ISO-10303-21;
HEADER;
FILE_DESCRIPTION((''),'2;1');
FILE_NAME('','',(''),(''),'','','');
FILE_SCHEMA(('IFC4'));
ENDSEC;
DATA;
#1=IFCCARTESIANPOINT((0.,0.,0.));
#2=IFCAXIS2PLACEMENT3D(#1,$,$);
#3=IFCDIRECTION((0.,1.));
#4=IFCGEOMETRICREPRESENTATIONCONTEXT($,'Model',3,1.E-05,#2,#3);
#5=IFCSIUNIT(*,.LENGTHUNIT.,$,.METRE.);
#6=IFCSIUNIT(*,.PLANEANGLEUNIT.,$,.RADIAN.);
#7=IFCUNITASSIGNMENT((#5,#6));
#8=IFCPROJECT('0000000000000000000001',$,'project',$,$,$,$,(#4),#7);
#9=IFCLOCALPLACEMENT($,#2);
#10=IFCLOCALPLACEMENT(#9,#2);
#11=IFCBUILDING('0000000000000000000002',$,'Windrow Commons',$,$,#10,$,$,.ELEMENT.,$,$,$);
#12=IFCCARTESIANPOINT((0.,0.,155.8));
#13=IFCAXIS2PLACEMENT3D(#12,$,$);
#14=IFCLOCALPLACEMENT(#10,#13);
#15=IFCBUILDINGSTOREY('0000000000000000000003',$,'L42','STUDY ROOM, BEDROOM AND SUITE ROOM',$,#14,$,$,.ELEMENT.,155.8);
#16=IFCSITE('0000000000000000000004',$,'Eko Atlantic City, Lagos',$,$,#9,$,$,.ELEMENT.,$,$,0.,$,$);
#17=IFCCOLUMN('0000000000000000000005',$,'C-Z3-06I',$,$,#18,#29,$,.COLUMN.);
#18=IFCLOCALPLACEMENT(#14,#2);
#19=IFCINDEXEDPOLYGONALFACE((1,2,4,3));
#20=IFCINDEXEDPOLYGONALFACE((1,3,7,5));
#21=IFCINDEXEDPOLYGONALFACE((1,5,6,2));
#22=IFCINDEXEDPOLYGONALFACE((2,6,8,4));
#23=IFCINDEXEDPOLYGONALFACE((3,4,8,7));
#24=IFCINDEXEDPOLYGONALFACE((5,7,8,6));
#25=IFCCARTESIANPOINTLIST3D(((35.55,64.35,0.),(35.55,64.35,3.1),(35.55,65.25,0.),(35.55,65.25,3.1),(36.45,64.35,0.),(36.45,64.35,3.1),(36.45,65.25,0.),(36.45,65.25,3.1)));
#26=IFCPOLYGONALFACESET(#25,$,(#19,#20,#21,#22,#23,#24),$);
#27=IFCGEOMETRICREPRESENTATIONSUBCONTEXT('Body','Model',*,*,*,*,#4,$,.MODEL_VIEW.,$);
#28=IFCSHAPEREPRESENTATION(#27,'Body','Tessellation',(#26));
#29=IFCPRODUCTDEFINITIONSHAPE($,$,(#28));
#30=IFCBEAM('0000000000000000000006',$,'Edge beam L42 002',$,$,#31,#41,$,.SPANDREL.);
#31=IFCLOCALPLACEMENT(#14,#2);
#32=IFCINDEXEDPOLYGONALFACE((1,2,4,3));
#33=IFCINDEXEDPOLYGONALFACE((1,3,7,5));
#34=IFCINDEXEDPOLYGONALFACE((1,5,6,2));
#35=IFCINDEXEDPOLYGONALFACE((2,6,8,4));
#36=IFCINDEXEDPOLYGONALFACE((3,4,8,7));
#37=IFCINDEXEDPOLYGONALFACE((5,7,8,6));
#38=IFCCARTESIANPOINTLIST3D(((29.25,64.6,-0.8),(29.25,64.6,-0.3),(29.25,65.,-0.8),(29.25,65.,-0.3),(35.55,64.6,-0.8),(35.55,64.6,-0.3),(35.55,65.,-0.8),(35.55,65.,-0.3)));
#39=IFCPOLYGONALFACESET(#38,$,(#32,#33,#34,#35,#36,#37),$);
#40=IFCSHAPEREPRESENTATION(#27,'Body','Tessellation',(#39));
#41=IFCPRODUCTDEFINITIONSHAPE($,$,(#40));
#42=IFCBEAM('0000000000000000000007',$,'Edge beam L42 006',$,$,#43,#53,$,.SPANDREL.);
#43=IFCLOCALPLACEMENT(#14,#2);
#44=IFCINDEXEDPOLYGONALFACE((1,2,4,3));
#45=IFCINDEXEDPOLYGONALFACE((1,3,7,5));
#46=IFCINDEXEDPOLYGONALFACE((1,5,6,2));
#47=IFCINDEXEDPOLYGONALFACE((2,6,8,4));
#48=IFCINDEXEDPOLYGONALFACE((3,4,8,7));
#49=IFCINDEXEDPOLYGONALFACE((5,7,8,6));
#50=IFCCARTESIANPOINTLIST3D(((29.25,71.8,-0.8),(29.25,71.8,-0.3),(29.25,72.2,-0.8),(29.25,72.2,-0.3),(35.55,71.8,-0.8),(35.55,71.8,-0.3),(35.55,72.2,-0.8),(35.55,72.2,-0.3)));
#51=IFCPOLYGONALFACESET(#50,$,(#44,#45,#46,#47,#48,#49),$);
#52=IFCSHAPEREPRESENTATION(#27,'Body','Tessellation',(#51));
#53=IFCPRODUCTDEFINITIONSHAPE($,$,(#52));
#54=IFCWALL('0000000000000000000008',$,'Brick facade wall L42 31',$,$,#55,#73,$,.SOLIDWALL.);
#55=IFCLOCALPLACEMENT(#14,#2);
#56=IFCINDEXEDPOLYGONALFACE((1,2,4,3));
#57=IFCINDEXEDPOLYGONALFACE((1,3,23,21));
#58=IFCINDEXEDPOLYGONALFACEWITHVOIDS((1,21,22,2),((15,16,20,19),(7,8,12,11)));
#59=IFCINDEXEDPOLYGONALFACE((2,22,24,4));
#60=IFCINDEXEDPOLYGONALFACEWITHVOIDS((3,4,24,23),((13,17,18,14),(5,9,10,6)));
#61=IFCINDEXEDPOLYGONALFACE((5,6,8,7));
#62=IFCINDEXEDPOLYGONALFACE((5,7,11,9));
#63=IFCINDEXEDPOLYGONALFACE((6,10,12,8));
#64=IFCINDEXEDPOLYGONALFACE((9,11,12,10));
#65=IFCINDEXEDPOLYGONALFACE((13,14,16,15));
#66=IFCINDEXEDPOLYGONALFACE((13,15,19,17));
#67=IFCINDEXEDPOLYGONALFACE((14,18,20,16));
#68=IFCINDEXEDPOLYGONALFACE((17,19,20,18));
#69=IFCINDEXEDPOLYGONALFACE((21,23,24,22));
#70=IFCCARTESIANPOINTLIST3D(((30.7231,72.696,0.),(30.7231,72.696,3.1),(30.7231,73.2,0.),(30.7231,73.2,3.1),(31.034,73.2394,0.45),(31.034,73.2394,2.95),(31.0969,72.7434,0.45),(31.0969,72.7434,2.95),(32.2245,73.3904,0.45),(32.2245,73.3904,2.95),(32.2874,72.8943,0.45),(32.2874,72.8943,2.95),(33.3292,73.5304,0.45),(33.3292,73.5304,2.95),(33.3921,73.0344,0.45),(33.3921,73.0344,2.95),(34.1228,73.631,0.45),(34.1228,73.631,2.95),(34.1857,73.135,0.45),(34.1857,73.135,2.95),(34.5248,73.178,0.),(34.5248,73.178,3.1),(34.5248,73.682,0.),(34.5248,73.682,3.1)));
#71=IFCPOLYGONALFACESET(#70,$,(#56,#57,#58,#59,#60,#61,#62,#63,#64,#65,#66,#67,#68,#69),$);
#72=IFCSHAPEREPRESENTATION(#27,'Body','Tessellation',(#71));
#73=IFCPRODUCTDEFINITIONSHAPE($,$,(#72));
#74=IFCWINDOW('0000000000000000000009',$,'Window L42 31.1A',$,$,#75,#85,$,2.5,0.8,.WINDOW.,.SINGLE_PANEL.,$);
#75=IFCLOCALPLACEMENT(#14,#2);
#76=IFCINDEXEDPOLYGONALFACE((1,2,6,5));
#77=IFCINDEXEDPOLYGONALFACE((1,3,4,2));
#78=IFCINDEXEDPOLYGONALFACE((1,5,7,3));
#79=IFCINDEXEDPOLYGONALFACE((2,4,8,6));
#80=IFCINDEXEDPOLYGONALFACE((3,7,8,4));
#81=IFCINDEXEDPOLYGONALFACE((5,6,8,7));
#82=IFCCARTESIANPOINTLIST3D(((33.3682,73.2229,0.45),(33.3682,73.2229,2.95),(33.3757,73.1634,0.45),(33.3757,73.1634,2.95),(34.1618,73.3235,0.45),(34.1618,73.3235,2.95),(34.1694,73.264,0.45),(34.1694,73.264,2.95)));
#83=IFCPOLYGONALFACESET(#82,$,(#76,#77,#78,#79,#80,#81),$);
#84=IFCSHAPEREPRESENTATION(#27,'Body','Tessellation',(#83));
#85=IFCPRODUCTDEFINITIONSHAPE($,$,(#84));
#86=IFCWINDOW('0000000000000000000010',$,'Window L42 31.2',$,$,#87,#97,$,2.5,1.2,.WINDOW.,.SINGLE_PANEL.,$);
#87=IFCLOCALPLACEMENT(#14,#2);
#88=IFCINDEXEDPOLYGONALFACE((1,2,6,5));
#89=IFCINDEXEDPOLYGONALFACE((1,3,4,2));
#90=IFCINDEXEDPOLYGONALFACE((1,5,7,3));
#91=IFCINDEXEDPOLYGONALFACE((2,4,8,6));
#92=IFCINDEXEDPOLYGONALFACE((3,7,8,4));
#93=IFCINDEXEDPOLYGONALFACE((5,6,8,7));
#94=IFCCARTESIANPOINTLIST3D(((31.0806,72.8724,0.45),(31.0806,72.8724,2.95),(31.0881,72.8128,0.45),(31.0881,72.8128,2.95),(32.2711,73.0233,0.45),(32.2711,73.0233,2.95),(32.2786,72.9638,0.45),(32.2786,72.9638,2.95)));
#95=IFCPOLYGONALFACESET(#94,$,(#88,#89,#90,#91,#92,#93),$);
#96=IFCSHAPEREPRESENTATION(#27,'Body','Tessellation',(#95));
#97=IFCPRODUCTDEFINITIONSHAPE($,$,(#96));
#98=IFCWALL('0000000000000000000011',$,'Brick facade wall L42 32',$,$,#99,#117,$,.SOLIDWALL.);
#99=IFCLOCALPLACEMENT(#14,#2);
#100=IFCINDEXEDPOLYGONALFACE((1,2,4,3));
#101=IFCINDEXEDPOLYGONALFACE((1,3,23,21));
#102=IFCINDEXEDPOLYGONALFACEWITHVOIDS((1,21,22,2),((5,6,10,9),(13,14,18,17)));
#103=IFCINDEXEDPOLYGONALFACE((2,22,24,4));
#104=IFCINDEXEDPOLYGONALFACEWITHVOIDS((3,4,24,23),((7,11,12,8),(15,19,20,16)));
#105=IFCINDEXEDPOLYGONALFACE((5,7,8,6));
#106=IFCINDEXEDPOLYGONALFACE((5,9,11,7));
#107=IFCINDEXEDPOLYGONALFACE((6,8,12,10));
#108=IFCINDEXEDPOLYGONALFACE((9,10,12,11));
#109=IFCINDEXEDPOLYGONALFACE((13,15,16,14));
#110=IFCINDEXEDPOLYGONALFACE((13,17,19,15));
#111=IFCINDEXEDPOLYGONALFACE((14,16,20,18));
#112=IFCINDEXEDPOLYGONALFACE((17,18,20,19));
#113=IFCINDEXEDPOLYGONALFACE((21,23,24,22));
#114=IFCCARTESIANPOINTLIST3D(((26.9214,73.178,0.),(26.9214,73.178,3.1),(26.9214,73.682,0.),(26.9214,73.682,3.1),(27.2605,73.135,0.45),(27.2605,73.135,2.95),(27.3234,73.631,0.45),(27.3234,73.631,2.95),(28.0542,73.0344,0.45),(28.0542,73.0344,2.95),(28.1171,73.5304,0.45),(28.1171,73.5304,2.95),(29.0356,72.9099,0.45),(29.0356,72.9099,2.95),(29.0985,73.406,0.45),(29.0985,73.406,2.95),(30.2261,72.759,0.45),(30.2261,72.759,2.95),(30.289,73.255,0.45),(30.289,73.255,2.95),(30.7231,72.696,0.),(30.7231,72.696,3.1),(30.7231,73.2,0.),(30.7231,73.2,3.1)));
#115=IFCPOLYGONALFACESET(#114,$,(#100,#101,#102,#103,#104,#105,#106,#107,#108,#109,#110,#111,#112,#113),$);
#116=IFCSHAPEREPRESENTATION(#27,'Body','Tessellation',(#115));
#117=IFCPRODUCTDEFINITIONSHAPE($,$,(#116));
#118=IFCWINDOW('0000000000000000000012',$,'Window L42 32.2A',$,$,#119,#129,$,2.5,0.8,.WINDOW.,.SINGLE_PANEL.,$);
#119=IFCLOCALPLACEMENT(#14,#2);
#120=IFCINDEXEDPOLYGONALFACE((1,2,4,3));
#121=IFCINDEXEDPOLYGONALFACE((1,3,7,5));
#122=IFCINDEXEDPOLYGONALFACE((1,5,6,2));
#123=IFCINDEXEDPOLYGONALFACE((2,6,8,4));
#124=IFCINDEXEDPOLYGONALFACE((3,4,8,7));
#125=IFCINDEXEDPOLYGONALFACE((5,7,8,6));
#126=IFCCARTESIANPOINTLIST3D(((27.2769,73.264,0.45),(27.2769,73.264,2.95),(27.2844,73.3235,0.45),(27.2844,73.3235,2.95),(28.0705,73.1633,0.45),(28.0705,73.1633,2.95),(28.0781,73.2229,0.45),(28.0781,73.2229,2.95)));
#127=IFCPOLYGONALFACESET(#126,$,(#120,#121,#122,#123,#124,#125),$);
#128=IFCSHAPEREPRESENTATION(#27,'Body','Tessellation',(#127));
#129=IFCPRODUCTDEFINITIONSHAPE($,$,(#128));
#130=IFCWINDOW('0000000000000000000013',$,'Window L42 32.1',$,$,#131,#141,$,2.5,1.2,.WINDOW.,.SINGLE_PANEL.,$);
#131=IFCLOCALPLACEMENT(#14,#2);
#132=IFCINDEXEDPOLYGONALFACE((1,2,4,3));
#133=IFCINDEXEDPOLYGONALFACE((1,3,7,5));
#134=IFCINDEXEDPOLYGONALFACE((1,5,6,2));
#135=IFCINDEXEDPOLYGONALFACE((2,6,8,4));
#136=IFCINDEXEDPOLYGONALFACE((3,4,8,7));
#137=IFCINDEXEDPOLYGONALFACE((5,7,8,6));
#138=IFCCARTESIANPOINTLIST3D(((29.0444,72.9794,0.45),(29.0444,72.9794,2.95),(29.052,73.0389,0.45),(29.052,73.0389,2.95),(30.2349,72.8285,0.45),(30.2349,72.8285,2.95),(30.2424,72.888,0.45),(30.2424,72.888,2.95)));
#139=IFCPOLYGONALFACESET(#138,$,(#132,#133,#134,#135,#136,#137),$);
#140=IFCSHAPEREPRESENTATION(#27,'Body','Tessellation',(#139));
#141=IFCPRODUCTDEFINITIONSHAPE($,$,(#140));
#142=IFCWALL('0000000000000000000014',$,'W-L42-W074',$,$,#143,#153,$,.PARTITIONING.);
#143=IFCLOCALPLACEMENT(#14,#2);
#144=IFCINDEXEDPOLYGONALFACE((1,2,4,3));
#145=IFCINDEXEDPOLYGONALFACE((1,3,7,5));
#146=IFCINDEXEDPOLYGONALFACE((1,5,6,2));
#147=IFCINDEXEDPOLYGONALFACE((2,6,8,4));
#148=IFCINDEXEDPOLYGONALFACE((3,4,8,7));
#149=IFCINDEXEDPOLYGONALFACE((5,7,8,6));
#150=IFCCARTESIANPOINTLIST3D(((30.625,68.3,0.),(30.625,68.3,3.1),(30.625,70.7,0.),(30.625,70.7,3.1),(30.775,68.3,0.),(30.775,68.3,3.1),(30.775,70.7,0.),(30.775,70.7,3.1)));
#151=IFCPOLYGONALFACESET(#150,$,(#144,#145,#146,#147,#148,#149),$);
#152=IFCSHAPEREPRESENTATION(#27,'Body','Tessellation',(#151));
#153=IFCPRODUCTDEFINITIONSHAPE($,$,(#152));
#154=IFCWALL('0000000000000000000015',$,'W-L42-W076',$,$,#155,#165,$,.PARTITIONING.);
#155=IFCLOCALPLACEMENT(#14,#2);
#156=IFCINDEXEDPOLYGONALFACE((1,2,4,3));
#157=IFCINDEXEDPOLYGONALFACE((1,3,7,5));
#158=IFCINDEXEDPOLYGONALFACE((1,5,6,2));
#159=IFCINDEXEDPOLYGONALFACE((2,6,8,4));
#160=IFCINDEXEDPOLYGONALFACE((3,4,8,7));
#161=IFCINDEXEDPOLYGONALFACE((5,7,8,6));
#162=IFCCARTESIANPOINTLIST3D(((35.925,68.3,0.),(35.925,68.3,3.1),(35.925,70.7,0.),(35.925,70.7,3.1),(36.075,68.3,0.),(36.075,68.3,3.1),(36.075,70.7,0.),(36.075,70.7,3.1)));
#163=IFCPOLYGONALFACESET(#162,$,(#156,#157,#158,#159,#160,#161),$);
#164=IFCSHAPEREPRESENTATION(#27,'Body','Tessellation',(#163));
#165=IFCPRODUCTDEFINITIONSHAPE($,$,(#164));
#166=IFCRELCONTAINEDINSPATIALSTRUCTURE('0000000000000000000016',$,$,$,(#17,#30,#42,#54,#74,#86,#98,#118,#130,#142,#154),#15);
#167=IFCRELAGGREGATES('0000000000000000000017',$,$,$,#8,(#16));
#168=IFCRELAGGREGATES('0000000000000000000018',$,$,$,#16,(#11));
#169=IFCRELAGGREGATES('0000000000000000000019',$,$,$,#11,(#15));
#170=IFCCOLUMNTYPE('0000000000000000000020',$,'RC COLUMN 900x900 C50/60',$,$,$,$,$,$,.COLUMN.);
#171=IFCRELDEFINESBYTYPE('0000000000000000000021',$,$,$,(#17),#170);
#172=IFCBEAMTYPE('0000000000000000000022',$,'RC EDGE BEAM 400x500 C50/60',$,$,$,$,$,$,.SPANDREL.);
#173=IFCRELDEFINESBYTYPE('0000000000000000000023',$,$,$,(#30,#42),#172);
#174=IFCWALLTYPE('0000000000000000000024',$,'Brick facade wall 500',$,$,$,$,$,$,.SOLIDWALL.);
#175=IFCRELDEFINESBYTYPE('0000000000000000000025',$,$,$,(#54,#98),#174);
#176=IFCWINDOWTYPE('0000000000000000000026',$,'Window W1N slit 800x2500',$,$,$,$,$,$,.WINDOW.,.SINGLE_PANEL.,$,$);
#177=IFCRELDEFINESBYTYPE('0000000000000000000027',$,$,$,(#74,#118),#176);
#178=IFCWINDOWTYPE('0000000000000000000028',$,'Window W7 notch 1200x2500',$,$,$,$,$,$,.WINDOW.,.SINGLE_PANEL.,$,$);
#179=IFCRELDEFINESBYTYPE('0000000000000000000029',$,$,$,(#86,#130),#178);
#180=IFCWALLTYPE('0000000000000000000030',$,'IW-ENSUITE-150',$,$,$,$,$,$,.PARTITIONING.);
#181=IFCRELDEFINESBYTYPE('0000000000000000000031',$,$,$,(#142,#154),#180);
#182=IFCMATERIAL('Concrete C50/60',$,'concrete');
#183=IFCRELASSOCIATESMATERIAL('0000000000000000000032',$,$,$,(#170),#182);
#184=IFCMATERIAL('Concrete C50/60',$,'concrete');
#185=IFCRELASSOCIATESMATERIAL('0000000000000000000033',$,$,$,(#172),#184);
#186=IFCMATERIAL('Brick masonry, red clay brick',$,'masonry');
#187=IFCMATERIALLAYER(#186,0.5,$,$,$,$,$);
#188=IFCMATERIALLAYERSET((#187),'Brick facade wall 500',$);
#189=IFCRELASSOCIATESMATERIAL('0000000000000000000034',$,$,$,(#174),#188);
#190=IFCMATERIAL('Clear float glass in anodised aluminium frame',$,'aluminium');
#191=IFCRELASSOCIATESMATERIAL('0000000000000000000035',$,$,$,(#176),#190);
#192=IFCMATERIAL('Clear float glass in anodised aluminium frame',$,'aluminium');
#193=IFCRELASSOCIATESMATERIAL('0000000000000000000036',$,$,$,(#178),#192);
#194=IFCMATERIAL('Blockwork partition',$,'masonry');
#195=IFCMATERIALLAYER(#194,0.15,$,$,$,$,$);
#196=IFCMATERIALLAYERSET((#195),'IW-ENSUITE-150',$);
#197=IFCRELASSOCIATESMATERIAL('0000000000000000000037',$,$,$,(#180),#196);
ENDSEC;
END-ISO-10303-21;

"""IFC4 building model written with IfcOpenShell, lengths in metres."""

from ifc_helpers import new_model, si_unit, direction, frame, frame_2d, origin, origin_2d, place, context, subcontext, project, spatial, polyline, rectangle, outline, extrude, material, layer, layer_set, material_profile, profile_set, type_object, element, fill, save


model = new_model("IFC4")

# Units and contexts
model_context = context("Model", 3, precision=1e-05, world=origin(), true_north=direction((0.0, 1.0)))
body_context = subcontext(model_context, "Body", "Model", "MODEL_VIEW")
ifc_project = project(units=[si_unit("LENGTHUNIT", "METRE"), si_unit("PLANEANGLEUNIT", "RADIAN")], contexts=[model_context])

# Site, building, storey
site_placement = place(None, origin())
site = spatial("IfcSite", under=ifc_project, at=site_placement, Name="Eko Atlantic City, Lagos", CompositionType="ELEMENT", RefElevation=0.0)
building_placement = place(site_placement, origin())
building = spatial("IfcBuilding", under=site, at=building_placement, Name="Windrow Commons", CompositionType="ELEMENT")
storey_placement = place(building_placement, frame((0.0, 0.0, 155.8)))
storey = spatial("IfcBuildingStorey", under=building, at=storey_placement, Name="L42", Description="STUDY ROOM, BEDROOM AND SUITE ROOM", CompositionType="ELEMENT", Elevation=155.8)

# Column
ifc_material_1 = material(Name="Concrete C50/60", Category="concrete")
ifc_material_profile_1 = material_profile(ifc_material_1, rectangle(XDim=0.9, YDim=0.9, at=origin_2d()))
ifc_profile_set_1 = profile_set([ifc_material_profile_1], Name="Concrete C50/60")
column_type = type_object("IfcColumnType", Name="RC COLUMN 900x900 C50/60", PredefinedType="COLUMN", material=ifc_profile_set_1)
column_placement = place(storey_placement, frame((36.0, 64.8, 0.0), z_axis=(0.0, 0.0, 1.0), x_axis=(1.0, 0.0, 0.0)))
element("IfcColumn", 1, at=column_placement, inside=storey, type_object=column_type, Name="C-Z3-06I", PredefinedType="COLUMN", context=body_context, shape_type="SweptSolid", body=[
    extrude(rectangle(XDim=0.9, YDim=0.9, at=origin_2d()), origin(), (0.0, 0.0, 1.0), 3.1),
])

# Beams
ifc_material_2 = material(Name="Concrete C50/60", Category="concrete")
ifc_material_profile_2 = material_profile(ifc_material_2, rectangle(XDim=0.4, YDim=0.5, at=origin_2d()))
ifc_profile_set_2 = profile_set([ifc_material_profile_2], Name="Concrete C50/60")
beam_type = type_object("IfcBeamType", Name="RC EDGE BEAM 400x500 C50/60", PredefinedType="SPANDREL", material=ifc_profile_set_2)
for number, where, z_axis, x_axis, name in (
    (2, (35.55, 64.8, -0.55), (-1.0, 0.0, 0.0), (0.0, -1.0, 0.0), "Edge beam L42 002"),
    (3, (29.25, 72.0, -0.55), (1.0, 0.0, 0.0), (0.0, 1.0, 0.0), "Edge beam L42 006"),
):
    element("IfcBeam", number, at=place(storey_placement, frame(where, z_axis=z_axis, x_axis=x_axis)), inside=storey, type_object=beam_type, Name=name, PredefinedType="SPANDREL", context=body_context, shape_type="SweptSolid", body=[
        extrude(rectangle(XDim=0.4, YDim=0.5, at=origin_2d()), origin(), (0.0, 0.0, 1.0), 6.3),
    ])

# Walls, openings, windows
ifc_material_3 = material(Name="Brick masonry, red clay brick", Category="masonry")
ifc_layer_1 = layer(ifc_material_3, 0.5)
ifc_layer_set_1 = layer_set([ifc_layer_1], Name="Brick facade wall 500")
wall_type_1 = type_object("IfcWallType", Name="Brick facade wall 500", PredefinedType="SOLIDWALL", material=ifc_layer_set_1)
wall_1_placement = place(storey_placement, frame((34.5248, 73.43, 0.0), z_axis=(0.0, 0.0, 1.0), x_axis=(-0.992058, -0.125779, 0.0)))
wall_1 = element("IfcWall", 4, at=wall_1_placement, inside=storey, type_object=wall_type_1, Name="Brick facade wall L42 31", PredefinedType="SOLIDWALL", context=body_context, shape_type="SweptSolid", body=[
    extrude(outline(polyline([(-0.0317, -0.25), (3.8004, -0.25), (3.8638, 0.25), (0.0317, 0.25), (-0.0317, -0.25)])), origin(), (0.0, 0.0, 1.0), 3.1),
])
opening_1_placement = place(wall_1_placement, frame((2.287, 0.0, 0.45)))
opening_1 = element("IfcOpeningElement", 5, at=opening_1_placement, cuts=wall_1, PredefinedType="OPENING", context=body_context, shape_type="SweptSolid", body=[
    extrude(rectangle(XDim=1.2, YDim=2.5, at=frame_2d((0.6, 1.25))), frame((0.0, 0.26, 0.0), z_axis=(0.0, -1.0, 0.0), x_axis=(1.0, 0.0, 0.0)), (0.0, 0.0, 1.0), 0.52),
])
opening_2_placement = place(wall_1_placement, frame((0.3735, 0.0, 0.45)))
opening_2 = element("IfcOpeningElement", 6, at=opening_2_placement, cuts=wall_1, PredefinedType="OPENING", context=body_context, shape_type="SweptSolid", body=[
    extrude(rectangle(XDim=0.8, YDim=2.5, at=frame_2d((0.4, 1.25))), frame((0.0, 0.26, 0.0), z_axis=(0.0, -1.0, 0.0), x_axis=(1.0, 0.0, 0.0)), (0.0, 0.0, 1.0), 0.52),
])
ifc_material_4 = material(Name="Clear float glass in anodised aluminium frame", Category="aluminium")
window_type_1 = type_object("IfcWindowType", Name="Window W1N slit 800x2500", PartitioningType="SINGLE_PANEL", PredefinedType="WINDOW", material=ifc_material_4)
window_1_placement = place(opening_2_placement, origin())
window_1 = element("IfcWindow", 7, at=window_1_placement, inside=storey, type_object=window_type_1, Name="Window L42 31.1A", OverallHeight=2.5, OverallWidth=0.8, PartitioningType="SINGLE_PANEL", PredefinedType="WINDOW", context=body_context, shape_type="SweptSolid", body=[
    extrude(rectangle(XDim=0.8, YDim=2.5, at=frame_2d((0.4, 1.25))), frame((0.0, 0.12, 0.0), z_axis=(0.0, -1.0, 0.0), x_axis=(1.0, 0.0, 0.0)), (0.0, 0.0, 1.0), 0.06),
])
fill(opening_2, window_1)
ifc_material_5 = material(Name="Clear float glass in anodised aluminium frame", Category="aluminium")
window_type_2 = type_object("IfcWindowType", Name="Window W7 notch 1200x2500", PartitioningType="SINGLE_PANEL", PredefinedType="WINDOW", material=ifc_material_5)
window_2_placement = place(opening_1_placement, origin())
window_2 = element("IfcWindow", 8, at=window_2_placement, inside=storey, type_object=window_type_2, Name="Window L42 31.2", OverallHeight=2.5, OverallWidth=1.2, PartitioningType="SINGLE_PANEL", PredefinedType="WINDOW", context=body_context, shape_type="SweptSolid", body=[
    extrude(rectangle(XDim=1.2, YDim=2.5, at=frame_2d((0.6, 1.25))), frame((0.0, 0.18, 0.0), z_axis=(0.0, -1.0, 0.0), x_axis=(1.0, 0.0, 0.0)), (0.0, 0.0, 1.0), 0.06),
])
fill(opening_1, window_2)
wall_2_placement = place(storey_placement, frame((30.7231, 72.948, 0.0), z_axis=(0.0, 0.0, 1.0), x_axis=(-0.992058, 0.125779, 0.0)))
wall_2 = element("IfcWall", 9, at=wall_2_placement, inside=storey, type_object=wall_type_1, Name="Brick facade wall L42 32", PredefinedType="SOLIDWALL", context=body_context, shape_type="SweptSolid", body=[
    extrude(outline(polyline([(0.0317, -0.25), (3.8638, -0.25), (3.8004, 0.25), (-0.0317, 0.25), (0.0317, -0.25)])), origin(), (0.0, 0.0, 1.0), 3.1),
])
opening_3_placement = place(wall_2_placement, frame((0.4693, 0.0, 0.45)))
opening_3 = element("IfcOpeningElement", 10, at=opening_3_placement, cuts=wall_2, PredefinedType="OPENING", context=body_context, shape_type="SweptSolid", body=[
    extrude(rectangle(XDim=1.2, YDim=2.5, at=frame_2d((0.6, 1.25))), frame((0.0, 0.26, 0.0), z_axis=(0.0, -1.0, 0.0), x_axis=(1.0, 0.0, 0.0)), (0.0, 0.0, 1.0), 0.52),
])
opening_4_placement = place(wall_2_placement, frame((2.6586, 0.0, 0.45)))
opening_4 = element("IfcOpeningElement", 11, at=opening_4_placement, cuts=wall_2, PredefinedType="OPENING", context=body_context, shape_type="SweptSolid", body=[
    extrude(rectangle(XDim=0.8, YDim=2.5, at=frame_2d((0.4, 1.25))), frame((0.0, 0.26, 0.0), z_axis=(0.0, -1.0, 0.0), x_axis=(1.0, 0.0, 0.0)), (0.0, 0.0, 1.0), 0.52),
])
window_3_placement = place(opening_4_placement, origin())
window_3 = element("IfcWindow", 12, at=window_3_placement, inside=storey, type_object=window_type_1, Name="Window L42 32.2A", OverallHeight=2.5, OverallWidth=0.8, PartitioningType="SINGLE_PANEL", PredefinedType="WINDOW", context=body_context, shape_type="SweptSolid", body=[
    extrude(rectangle(XDim=0.8, YDim=2.5, at=frame_2d((0.4, 1.25))), frame((0.0, 0.12, 0.0), z_axis=(0.0, -1.0, 0.0), x_axis=(1.0, 0.0, 0.0)), (0.0, 0.0, 1.0), 0.06),
])
fill(opening_4, window_3)
window_4_placement = place(opening_3_placement, origin())
window_4 = element("IfcWindow", 13, at=window_4_placement, inside=storey, type_object=window_type_2, Name="Window L42 32.1", OverallHeight=2.5, OverallWidth=1.2, PartitioningType="SINGLE_PANEL", PredefinedType="WINDOW", context=body_context, shape_type="SweptSolid", body=[
    extrude(rectangle(XDim=1.2, YDim=2.5, at=frame_2d((0.6, 1.25))), frame((0.0, 0.18, 0.0), z_axis=(0.0, -1.0, 0.0), x_axis=(1.0, 0.0, 0.0)), (0.0, 0.0, 1.0), 0.06),
])
fill(opening_3, window_4)

# Walls
ifc_material_6 = material(Name="Blockwork partition", Category="masonry")
ifc_layer_2 = layer(ifc_material_6, 0.15)
ifc_layer_set_2 = layer_set([ifc_layer_2], Name="IW-ENSUITE-150")
wall_type_2 = type_object("IfcWallType", Name="IW-ENSUITE-150", PredefinedType="PARTITIONING", material=ifc_layer_set_2)
for number, where, z_axis, x_axis, name in (
    (14, (30.7, 68.3, 0.0), (0.0, 0.0, 1.0), (0.0, 1.0, 0.0), "W-L42-W074"),
    (15, (36.0, 68.3, 0.0), (0.0, 0.0, 1.0), (0.0, 1.0, 0.0), "W-L42-W076"),
):
    element("IfcWall", number, at=place(storey_placement, frame(where, z_axis=z_axis, x_axis=x_axis)), inside=storey, type_object=wall_type_2, Name=name, PredefinedType="PARTITIONING", context=body_context, shape_type="SweptSolid", body=[
        extrude(rectangle(XDim=2.4, YDim=0.15, at=frame_2d((1.2, 0.0))), origin(), (0.0, 0.0, 1.0), 3.1),
    ])

save(model, "model.ifc")
